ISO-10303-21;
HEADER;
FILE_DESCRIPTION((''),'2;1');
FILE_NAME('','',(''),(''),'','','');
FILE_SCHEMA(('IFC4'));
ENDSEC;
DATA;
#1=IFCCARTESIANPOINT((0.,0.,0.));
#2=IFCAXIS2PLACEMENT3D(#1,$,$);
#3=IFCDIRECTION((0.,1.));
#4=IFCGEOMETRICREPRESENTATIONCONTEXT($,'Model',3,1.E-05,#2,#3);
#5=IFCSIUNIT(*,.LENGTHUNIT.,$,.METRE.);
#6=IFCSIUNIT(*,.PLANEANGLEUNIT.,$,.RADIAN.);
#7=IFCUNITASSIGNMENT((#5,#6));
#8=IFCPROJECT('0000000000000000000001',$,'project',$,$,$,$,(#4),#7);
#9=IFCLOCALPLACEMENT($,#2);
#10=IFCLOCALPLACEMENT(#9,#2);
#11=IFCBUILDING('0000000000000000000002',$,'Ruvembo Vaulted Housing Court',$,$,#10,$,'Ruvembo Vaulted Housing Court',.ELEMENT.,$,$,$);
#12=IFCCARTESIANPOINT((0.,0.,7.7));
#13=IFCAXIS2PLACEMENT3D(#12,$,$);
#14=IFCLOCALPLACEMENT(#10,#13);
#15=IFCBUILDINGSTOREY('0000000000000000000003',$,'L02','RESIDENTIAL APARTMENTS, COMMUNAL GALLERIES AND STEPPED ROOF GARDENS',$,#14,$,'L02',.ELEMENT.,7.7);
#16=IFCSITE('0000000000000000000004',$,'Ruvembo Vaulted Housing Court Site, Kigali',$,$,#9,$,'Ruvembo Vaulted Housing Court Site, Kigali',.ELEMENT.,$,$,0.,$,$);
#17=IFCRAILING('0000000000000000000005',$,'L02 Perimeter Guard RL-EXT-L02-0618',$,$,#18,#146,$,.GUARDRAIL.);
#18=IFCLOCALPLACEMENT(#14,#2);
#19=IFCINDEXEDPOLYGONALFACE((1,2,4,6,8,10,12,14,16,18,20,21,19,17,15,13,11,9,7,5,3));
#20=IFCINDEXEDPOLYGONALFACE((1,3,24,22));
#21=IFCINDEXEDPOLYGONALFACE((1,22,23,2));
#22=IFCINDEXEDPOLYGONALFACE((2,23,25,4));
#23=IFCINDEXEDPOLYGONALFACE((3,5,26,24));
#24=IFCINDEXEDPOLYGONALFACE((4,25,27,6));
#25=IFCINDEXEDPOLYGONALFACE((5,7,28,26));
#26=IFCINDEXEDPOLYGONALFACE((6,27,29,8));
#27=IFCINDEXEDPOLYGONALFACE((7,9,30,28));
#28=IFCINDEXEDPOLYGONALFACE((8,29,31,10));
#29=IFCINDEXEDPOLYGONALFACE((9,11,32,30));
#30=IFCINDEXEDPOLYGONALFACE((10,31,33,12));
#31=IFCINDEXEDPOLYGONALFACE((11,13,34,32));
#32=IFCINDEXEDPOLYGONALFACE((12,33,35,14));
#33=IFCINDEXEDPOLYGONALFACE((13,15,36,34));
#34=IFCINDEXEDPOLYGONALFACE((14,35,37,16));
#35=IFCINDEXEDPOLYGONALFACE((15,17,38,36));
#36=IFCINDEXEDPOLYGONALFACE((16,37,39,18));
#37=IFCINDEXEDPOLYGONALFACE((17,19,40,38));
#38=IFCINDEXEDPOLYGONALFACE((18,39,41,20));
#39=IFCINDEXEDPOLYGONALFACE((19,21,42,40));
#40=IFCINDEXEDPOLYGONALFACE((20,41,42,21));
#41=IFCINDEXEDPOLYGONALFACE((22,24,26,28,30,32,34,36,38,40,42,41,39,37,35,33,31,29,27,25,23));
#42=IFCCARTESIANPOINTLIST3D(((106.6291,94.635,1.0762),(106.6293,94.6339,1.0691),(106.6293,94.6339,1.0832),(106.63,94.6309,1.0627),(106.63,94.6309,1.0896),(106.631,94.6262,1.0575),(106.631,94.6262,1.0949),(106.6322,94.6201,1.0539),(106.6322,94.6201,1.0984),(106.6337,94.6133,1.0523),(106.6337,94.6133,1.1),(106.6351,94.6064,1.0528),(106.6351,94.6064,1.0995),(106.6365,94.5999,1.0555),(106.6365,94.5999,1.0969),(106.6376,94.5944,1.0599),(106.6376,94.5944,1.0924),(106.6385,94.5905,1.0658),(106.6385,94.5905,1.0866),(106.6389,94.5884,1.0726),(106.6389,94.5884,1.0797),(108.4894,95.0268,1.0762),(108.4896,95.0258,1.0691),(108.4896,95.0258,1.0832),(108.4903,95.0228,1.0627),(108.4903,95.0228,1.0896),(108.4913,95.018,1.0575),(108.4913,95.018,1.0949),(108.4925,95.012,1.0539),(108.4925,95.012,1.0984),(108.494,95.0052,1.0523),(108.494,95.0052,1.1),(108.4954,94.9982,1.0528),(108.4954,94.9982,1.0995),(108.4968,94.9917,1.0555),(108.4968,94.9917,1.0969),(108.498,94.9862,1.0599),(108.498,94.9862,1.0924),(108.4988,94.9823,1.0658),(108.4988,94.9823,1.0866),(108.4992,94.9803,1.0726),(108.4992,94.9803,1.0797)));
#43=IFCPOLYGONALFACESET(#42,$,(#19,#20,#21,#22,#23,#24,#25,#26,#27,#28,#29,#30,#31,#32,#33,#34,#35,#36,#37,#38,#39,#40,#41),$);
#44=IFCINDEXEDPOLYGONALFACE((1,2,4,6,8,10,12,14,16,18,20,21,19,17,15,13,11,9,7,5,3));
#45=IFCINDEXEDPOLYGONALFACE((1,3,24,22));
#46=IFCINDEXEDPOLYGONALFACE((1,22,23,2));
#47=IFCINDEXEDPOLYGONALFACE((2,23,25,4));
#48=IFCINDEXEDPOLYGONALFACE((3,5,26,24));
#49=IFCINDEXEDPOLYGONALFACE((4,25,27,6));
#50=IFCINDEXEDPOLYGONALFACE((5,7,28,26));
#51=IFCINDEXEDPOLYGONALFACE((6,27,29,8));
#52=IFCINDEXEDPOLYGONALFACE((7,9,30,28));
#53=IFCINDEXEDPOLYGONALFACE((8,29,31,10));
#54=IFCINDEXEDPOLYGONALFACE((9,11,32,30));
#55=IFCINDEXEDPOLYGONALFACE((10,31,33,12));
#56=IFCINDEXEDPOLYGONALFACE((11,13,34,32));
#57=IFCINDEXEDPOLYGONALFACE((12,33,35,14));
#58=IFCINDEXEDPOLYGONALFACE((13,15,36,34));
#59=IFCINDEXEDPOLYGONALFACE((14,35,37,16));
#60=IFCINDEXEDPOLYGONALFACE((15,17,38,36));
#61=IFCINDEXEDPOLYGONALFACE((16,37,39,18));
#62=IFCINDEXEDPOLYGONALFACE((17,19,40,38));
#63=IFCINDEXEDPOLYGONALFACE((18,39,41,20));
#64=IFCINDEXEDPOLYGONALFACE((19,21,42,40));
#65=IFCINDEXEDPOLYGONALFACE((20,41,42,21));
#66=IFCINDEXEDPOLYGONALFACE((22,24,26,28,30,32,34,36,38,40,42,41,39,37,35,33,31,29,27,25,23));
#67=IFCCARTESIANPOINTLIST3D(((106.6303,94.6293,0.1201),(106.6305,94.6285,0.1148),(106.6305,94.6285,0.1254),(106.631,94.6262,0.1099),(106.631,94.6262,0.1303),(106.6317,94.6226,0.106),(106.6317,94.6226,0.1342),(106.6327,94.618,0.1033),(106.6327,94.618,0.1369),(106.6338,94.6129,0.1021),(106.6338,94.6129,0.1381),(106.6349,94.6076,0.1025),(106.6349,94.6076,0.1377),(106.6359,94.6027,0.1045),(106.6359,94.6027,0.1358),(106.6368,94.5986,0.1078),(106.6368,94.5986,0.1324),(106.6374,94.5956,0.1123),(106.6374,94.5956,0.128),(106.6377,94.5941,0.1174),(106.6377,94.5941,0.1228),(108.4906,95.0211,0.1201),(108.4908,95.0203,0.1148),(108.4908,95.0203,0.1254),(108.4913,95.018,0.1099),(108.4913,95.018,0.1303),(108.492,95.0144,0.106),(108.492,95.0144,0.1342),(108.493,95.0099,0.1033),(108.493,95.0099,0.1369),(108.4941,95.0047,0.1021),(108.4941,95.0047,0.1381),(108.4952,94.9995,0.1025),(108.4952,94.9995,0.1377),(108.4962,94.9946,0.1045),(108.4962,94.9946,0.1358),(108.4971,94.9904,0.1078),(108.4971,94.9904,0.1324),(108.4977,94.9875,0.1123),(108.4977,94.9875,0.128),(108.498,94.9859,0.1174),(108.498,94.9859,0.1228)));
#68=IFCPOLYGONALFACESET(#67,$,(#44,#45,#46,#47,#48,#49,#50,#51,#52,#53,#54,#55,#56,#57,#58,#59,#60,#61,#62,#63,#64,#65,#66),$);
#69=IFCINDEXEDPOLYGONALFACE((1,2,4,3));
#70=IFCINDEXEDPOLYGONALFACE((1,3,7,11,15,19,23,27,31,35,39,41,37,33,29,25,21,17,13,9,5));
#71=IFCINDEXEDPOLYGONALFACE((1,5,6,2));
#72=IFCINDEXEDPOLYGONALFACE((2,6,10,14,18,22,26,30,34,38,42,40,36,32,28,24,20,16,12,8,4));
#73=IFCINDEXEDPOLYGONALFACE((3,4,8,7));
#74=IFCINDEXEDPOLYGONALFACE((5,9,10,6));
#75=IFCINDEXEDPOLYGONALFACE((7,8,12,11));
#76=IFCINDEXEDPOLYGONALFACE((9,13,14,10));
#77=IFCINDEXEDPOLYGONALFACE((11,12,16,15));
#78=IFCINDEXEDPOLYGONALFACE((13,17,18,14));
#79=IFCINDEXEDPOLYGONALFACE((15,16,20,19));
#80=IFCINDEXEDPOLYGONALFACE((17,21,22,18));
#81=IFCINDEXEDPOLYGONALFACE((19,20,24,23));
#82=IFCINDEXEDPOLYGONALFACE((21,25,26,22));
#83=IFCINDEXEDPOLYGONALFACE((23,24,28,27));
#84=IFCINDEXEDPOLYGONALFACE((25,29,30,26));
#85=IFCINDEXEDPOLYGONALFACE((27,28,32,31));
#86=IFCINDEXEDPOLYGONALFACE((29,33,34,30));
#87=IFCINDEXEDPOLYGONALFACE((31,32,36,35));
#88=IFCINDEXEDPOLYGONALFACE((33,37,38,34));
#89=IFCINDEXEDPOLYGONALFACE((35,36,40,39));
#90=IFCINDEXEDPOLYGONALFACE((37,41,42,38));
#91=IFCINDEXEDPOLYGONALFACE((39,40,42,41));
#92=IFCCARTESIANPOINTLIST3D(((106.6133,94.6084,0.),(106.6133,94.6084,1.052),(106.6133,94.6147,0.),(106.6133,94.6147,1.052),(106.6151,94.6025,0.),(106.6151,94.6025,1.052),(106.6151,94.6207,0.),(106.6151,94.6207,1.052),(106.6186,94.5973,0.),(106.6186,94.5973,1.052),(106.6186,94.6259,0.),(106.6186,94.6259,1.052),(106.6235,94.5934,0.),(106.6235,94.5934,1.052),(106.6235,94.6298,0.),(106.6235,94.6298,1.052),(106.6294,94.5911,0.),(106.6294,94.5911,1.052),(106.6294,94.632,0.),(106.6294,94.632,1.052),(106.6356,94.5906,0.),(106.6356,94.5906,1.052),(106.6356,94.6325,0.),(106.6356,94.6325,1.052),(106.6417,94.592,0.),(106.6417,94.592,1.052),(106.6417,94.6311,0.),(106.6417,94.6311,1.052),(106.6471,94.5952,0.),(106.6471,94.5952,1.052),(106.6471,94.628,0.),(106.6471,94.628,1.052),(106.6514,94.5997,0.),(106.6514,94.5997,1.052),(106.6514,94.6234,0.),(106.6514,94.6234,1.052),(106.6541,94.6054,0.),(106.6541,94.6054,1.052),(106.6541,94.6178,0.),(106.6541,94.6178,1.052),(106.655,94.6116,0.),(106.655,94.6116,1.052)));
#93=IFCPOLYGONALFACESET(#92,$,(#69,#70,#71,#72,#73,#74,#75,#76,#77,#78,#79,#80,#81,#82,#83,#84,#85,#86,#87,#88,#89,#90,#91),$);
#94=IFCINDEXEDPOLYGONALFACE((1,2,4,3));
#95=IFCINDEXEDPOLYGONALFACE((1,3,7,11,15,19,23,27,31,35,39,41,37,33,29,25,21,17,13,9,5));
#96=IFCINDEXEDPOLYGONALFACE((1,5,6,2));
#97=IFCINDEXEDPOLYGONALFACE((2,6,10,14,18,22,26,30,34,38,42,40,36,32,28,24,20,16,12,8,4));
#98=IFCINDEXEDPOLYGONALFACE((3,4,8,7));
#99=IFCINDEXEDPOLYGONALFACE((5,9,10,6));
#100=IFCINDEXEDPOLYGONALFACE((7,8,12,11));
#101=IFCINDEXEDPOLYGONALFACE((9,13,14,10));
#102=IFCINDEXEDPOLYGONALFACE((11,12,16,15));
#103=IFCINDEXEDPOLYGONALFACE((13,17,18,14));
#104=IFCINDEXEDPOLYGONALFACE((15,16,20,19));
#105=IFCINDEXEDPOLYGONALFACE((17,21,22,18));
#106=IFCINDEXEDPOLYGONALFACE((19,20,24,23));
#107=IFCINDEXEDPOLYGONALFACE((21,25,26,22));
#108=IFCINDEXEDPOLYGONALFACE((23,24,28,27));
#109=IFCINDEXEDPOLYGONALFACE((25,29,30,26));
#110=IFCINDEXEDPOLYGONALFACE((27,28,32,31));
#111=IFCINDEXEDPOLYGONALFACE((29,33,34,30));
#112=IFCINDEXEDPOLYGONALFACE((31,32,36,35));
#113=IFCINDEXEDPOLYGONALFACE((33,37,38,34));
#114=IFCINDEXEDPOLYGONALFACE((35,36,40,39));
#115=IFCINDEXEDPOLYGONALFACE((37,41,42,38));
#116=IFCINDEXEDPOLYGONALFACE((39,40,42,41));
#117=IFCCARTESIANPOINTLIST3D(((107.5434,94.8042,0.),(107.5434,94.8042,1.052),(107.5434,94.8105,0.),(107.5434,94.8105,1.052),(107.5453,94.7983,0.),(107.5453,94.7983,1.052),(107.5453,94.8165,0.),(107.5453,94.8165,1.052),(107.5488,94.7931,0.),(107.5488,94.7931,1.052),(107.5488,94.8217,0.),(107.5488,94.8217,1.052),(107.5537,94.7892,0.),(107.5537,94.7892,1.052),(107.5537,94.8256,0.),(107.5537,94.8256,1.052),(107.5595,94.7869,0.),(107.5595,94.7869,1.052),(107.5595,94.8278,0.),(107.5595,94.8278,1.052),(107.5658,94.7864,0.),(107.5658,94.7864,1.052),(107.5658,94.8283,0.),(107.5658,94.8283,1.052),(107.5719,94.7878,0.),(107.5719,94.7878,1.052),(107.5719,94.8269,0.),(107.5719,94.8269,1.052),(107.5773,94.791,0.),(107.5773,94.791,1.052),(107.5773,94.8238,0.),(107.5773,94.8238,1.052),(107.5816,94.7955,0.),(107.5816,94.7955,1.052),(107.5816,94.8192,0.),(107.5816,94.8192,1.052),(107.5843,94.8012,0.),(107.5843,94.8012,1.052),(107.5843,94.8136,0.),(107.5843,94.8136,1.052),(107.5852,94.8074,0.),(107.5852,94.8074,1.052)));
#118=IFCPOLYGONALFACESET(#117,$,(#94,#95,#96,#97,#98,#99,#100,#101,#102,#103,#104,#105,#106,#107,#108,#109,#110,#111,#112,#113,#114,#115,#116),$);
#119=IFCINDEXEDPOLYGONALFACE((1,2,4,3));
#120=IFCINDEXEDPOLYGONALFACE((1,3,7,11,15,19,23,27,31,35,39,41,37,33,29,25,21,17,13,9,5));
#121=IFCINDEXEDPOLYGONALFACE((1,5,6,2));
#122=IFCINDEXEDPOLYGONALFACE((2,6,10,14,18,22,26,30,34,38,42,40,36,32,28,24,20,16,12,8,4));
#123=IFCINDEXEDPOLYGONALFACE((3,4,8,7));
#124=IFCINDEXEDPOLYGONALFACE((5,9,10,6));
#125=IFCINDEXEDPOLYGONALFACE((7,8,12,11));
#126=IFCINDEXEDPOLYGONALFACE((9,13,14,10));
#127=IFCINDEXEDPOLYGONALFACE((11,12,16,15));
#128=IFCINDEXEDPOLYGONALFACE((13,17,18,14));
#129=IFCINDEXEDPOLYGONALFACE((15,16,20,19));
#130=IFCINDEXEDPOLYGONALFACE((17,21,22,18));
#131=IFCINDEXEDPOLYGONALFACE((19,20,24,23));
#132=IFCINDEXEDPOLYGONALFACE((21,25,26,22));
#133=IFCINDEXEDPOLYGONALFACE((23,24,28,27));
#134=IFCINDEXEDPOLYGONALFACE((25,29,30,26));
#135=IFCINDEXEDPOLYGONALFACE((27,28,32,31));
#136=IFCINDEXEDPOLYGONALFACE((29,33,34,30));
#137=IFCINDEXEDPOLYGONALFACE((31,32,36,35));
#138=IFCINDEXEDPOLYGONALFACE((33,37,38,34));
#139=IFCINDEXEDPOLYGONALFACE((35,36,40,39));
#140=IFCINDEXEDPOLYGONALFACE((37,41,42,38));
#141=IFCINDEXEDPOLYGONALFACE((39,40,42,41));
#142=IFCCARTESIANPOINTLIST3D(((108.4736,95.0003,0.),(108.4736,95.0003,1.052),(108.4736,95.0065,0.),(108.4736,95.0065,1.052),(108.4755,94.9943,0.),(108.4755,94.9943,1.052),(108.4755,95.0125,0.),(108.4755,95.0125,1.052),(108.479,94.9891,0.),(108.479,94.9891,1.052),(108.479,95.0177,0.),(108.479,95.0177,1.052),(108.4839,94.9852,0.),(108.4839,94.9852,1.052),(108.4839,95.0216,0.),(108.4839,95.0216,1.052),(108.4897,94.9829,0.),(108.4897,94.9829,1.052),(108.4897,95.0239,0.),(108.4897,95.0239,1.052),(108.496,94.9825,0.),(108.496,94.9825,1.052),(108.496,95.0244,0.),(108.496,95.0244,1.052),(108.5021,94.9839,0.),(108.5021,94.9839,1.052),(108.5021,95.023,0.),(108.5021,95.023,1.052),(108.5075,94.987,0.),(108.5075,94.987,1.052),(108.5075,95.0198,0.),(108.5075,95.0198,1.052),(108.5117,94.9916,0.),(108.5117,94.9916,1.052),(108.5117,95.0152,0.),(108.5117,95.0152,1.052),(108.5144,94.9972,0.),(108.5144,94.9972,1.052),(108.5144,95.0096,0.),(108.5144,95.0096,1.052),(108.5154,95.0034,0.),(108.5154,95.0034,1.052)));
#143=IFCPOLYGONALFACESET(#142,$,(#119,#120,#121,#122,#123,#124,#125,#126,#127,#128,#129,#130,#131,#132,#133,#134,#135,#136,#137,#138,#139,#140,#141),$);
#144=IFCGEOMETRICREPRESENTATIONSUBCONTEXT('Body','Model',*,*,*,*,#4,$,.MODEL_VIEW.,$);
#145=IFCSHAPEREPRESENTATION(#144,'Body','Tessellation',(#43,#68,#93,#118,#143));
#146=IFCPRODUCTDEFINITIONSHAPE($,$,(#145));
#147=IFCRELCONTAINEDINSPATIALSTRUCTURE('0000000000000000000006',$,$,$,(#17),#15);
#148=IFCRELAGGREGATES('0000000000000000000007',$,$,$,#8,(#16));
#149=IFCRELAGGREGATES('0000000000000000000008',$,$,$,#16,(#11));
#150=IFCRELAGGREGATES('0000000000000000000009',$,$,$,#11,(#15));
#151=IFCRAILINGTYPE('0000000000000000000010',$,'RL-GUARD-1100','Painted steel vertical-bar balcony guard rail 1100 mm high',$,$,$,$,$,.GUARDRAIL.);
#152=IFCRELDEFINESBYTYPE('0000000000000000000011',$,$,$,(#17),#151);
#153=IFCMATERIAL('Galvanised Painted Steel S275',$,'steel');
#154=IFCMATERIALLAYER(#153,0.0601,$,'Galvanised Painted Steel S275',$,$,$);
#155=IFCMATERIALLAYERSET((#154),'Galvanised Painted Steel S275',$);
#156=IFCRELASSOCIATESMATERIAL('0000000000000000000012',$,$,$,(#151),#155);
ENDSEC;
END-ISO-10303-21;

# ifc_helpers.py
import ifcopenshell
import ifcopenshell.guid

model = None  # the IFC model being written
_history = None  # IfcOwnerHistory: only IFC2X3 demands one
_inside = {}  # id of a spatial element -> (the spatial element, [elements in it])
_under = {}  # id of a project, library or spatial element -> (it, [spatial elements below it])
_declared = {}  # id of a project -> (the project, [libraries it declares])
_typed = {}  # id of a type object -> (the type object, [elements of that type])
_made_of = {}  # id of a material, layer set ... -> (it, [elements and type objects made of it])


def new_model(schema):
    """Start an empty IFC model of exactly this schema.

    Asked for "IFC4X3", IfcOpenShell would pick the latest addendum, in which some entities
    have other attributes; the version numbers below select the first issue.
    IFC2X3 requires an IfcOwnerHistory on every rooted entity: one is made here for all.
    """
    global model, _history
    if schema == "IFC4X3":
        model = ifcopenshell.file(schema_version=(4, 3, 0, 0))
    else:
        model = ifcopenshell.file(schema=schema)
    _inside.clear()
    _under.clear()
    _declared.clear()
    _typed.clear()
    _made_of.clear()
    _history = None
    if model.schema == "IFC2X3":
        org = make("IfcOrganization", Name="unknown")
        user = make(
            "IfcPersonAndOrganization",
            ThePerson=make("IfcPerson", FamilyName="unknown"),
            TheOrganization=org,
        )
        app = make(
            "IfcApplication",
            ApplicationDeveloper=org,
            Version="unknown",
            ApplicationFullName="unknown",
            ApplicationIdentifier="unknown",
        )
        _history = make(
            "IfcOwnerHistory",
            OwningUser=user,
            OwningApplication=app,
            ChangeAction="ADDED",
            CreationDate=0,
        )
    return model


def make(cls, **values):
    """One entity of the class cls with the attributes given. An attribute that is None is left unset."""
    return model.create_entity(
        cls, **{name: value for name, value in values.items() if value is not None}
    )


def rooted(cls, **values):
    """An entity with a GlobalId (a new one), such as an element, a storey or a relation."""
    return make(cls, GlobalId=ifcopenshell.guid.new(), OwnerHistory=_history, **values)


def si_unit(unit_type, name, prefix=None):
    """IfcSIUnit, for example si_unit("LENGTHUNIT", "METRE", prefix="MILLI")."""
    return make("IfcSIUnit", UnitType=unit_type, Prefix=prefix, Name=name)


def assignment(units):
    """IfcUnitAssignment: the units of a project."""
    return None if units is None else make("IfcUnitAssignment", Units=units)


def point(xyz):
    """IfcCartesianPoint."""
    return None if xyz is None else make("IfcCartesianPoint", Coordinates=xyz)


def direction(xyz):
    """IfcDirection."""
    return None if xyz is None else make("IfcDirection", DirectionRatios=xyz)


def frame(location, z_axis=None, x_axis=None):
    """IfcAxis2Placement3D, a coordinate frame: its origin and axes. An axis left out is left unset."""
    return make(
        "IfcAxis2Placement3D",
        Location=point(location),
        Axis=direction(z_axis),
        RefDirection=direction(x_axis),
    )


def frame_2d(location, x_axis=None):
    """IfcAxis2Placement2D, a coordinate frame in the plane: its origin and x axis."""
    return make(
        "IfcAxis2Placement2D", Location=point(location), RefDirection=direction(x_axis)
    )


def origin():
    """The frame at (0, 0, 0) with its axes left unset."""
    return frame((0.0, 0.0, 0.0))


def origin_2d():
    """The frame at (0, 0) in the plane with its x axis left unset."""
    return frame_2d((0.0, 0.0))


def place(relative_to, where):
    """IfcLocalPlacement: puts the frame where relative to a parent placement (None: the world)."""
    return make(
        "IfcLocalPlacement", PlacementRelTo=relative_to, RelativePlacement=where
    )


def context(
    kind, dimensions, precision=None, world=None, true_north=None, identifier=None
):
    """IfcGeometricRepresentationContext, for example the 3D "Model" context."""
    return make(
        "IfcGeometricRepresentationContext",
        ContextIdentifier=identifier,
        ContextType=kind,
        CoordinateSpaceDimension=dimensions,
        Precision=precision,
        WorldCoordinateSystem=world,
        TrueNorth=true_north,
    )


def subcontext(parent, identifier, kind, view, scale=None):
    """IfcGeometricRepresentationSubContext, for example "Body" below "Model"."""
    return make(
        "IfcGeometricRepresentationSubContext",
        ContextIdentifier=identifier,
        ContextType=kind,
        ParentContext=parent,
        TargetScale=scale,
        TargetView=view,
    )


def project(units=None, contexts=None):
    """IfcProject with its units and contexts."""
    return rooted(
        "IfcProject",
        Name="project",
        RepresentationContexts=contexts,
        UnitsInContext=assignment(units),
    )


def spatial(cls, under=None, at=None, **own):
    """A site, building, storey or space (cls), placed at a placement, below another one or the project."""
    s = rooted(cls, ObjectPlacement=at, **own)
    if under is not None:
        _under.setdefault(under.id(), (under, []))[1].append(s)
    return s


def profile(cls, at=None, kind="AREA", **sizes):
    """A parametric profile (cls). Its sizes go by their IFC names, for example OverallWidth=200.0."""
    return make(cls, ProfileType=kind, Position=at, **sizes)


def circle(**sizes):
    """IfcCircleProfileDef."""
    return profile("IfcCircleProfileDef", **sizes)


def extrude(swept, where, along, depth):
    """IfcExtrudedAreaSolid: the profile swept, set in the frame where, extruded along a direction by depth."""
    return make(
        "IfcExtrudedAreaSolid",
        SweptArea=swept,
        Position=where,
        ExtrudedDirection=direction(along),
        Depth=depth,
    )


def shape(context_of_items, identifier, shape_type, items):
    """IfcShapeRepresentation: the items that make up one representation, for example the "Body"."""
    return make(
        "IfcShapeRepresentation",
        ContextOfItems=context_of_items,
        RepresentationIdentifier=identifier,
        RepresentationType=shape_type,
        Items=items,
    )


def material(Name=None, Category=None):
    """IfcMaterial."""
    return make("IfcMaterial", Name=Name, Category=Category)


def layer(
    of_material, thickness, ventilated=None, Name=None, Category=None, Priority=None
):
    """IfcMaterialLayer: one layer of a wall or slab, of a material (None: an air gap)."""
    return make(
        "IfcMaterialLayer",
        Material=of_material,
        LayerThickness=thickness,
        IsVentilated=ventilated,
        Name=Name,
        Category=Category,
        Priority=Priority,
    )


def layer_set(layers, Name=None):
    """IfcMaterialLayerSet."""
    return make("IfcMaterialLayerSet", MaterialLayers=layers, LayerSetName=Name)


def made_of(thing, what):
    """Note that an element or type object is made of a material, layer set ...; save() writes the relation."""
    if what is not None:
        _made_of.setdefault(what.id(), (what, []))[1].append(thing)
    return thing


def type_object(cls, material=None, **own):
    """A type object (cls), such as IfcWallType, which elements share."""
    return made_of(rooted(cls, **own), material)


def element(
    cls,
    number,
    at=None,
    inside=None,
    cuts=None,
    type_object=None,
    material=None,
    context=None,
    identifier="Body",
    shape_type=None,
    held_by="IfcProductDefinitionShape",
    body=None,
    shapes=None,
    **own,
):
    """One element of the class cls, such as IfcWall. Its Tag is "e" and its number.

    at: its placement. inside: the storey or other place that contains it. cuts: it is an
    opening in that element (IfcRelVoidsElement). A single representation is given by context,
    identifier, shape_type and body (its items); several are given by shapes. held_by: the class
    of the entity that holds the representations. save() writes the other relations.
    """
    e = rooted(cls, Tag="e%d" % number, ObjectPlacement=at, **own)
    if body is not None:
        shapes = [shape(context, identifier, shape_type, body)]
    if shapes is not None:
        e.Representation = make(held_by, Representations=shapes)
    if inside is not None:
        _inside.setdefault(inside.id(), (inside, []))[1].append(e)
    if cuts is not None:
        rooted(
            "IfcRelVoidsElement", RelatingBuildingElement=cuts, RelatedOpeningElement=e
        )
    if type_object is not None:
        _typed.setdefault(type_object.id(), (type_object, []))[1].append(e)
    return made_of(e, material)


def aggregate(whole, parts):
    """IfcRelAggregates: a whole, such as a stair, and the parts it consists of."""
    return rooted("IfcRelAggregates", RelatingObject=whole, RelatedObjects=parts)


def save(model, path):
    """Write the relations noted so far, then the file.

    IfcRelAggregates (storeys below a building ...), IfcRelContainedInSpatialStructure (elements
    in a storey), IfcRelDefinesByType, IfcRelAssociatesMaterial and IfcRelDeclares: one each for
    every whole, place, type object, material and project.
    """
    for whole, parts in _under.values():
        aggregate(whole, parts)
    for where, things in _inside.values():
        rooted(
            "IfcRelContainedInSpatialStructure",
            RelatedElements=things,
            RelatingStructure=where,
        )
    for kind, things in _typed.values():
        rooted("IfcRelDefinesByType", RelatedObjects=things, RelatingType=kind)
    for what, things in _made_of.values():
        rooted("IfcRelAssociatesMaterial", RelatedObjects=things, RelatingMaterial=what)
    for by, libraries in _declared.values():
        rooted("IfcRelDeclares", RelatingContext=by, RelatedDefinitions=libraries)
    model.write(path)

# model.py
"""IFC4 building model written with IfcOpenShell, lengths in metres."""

from ifc_helpers import new_model, si_unit, direction, frame, origin, origin_2d, place, context, subcontext, project, spatial, circle, extrude, material, layer, layer_set, type_object, element, save


model = new_model("IFC4")

# Units and contexts
model_context = context("Model", 3, precision=1e-05, world=origin(), true_north=direction((0.0, 1.0)))
body_context = subcontext(model_context, "Body", "Model", "MODEL_VIEW")
ifc_project = project(units=[si_unit("LENGTHUNIT", "METRE"), si_unit("PLANEANGLEUNIT", "RADIAN")], contexts=[model_context])

# Site, building, storey
site_placement = place(None, origin())
site = spatial("IfcSite", under=ifc_project, at=site_placement, Name="Ruvembo Vaulted Housing Court Site, Kigali", LongName="Ruvembo Vaulted Housing Court Site, Kigali", CompositionType="ELEMENT", RefElevation=0.0)
building_placement = place(site_placement, origin())
building = spatial("IfcBuilding", under=site, at=building_placement, Name="Ruvembo Vaulted Housing Court", LongName="Ruvembo Vaulted Housing Court", CompositionType="ELEMENT")
storey_placement = place(building_placement, frame((0.0, 0.0, 7.7)))
storey = spatial("IfcBuildingStorey", under=building, at=storey_placement, Name="L02", Description="RESIDENTIAL APARTMENTS, COMMUNAL GALLERIES AND STEPPED ROOF GARDENS", LongName="L02", CompositionType="ELEMENT", Elevation=7.7)

# Railing
ifc_material_1 = material(Name="Galvanised Painted Steel S275", Category="steel")
ifc_layer = layer(ifc_material_1, 0.0601, Name="Galvanised Painted Steel S275")
ifc_layer_set = layer_set([ifc_layer], Name="Galvanised Painted Steel S275")
railing_type = type_object("IfcRailingType", Name="RL-GUARD-1100", Description="Painted steel vertical-bar balcony guard rail 1100 mm high", PredefinedType="GUARDRAIL", material=ifc_layer_set)
railing_1_placement = place(storey_placement, frame((106.634, 94.6116, 0.0)))
element("IfcRailing", 1, at=railing_1_placement, inside=storey, type_object=railing_type, Name="L02 Perimeter Guard RL-EXT-L02-0618", PredefinedType="GUARDRAIL", context=body_context, shape_type="SweptSolid", body=[
    extrude(circle(Radius=0.0239, at=origin_2d()), frame((0.0, 0.0, 1.0762), z_axis=(0.978529, 0.206108, 0.0), x_axis=(-0.206108, 0.978529, 0.0)), (0.0, 0.0, 1.0), 1.9011),
    extrude(circle(Radius=0.0181, at=origin_2d()), frame((0.0, 0.0, 0.1201), z_axis=(0.978529, 0.206108, 0.0), x_axis=(-0.206108, 0.978529, 0.0)), (0.0, 0.0, 1.0), 1.9011),
    extrude(circle(Radius=0.021, at=origin_2d()), origin(), (0.0, 0.0, 1.0), 1.052),
    extrude(circle(Radius=0.021, at=origin_2d()), frame((0.9302, 0.1958, 0.0)), (0.0, 0.0, 1.0), 1.052),
    extrude(circle(Radius=0.021, at=origin_2d()), frame((1.8604, 0.3918, 0.0)), (0.0, 0.0, 1.0), 1.052),
])

save(model, "model.ifc")
